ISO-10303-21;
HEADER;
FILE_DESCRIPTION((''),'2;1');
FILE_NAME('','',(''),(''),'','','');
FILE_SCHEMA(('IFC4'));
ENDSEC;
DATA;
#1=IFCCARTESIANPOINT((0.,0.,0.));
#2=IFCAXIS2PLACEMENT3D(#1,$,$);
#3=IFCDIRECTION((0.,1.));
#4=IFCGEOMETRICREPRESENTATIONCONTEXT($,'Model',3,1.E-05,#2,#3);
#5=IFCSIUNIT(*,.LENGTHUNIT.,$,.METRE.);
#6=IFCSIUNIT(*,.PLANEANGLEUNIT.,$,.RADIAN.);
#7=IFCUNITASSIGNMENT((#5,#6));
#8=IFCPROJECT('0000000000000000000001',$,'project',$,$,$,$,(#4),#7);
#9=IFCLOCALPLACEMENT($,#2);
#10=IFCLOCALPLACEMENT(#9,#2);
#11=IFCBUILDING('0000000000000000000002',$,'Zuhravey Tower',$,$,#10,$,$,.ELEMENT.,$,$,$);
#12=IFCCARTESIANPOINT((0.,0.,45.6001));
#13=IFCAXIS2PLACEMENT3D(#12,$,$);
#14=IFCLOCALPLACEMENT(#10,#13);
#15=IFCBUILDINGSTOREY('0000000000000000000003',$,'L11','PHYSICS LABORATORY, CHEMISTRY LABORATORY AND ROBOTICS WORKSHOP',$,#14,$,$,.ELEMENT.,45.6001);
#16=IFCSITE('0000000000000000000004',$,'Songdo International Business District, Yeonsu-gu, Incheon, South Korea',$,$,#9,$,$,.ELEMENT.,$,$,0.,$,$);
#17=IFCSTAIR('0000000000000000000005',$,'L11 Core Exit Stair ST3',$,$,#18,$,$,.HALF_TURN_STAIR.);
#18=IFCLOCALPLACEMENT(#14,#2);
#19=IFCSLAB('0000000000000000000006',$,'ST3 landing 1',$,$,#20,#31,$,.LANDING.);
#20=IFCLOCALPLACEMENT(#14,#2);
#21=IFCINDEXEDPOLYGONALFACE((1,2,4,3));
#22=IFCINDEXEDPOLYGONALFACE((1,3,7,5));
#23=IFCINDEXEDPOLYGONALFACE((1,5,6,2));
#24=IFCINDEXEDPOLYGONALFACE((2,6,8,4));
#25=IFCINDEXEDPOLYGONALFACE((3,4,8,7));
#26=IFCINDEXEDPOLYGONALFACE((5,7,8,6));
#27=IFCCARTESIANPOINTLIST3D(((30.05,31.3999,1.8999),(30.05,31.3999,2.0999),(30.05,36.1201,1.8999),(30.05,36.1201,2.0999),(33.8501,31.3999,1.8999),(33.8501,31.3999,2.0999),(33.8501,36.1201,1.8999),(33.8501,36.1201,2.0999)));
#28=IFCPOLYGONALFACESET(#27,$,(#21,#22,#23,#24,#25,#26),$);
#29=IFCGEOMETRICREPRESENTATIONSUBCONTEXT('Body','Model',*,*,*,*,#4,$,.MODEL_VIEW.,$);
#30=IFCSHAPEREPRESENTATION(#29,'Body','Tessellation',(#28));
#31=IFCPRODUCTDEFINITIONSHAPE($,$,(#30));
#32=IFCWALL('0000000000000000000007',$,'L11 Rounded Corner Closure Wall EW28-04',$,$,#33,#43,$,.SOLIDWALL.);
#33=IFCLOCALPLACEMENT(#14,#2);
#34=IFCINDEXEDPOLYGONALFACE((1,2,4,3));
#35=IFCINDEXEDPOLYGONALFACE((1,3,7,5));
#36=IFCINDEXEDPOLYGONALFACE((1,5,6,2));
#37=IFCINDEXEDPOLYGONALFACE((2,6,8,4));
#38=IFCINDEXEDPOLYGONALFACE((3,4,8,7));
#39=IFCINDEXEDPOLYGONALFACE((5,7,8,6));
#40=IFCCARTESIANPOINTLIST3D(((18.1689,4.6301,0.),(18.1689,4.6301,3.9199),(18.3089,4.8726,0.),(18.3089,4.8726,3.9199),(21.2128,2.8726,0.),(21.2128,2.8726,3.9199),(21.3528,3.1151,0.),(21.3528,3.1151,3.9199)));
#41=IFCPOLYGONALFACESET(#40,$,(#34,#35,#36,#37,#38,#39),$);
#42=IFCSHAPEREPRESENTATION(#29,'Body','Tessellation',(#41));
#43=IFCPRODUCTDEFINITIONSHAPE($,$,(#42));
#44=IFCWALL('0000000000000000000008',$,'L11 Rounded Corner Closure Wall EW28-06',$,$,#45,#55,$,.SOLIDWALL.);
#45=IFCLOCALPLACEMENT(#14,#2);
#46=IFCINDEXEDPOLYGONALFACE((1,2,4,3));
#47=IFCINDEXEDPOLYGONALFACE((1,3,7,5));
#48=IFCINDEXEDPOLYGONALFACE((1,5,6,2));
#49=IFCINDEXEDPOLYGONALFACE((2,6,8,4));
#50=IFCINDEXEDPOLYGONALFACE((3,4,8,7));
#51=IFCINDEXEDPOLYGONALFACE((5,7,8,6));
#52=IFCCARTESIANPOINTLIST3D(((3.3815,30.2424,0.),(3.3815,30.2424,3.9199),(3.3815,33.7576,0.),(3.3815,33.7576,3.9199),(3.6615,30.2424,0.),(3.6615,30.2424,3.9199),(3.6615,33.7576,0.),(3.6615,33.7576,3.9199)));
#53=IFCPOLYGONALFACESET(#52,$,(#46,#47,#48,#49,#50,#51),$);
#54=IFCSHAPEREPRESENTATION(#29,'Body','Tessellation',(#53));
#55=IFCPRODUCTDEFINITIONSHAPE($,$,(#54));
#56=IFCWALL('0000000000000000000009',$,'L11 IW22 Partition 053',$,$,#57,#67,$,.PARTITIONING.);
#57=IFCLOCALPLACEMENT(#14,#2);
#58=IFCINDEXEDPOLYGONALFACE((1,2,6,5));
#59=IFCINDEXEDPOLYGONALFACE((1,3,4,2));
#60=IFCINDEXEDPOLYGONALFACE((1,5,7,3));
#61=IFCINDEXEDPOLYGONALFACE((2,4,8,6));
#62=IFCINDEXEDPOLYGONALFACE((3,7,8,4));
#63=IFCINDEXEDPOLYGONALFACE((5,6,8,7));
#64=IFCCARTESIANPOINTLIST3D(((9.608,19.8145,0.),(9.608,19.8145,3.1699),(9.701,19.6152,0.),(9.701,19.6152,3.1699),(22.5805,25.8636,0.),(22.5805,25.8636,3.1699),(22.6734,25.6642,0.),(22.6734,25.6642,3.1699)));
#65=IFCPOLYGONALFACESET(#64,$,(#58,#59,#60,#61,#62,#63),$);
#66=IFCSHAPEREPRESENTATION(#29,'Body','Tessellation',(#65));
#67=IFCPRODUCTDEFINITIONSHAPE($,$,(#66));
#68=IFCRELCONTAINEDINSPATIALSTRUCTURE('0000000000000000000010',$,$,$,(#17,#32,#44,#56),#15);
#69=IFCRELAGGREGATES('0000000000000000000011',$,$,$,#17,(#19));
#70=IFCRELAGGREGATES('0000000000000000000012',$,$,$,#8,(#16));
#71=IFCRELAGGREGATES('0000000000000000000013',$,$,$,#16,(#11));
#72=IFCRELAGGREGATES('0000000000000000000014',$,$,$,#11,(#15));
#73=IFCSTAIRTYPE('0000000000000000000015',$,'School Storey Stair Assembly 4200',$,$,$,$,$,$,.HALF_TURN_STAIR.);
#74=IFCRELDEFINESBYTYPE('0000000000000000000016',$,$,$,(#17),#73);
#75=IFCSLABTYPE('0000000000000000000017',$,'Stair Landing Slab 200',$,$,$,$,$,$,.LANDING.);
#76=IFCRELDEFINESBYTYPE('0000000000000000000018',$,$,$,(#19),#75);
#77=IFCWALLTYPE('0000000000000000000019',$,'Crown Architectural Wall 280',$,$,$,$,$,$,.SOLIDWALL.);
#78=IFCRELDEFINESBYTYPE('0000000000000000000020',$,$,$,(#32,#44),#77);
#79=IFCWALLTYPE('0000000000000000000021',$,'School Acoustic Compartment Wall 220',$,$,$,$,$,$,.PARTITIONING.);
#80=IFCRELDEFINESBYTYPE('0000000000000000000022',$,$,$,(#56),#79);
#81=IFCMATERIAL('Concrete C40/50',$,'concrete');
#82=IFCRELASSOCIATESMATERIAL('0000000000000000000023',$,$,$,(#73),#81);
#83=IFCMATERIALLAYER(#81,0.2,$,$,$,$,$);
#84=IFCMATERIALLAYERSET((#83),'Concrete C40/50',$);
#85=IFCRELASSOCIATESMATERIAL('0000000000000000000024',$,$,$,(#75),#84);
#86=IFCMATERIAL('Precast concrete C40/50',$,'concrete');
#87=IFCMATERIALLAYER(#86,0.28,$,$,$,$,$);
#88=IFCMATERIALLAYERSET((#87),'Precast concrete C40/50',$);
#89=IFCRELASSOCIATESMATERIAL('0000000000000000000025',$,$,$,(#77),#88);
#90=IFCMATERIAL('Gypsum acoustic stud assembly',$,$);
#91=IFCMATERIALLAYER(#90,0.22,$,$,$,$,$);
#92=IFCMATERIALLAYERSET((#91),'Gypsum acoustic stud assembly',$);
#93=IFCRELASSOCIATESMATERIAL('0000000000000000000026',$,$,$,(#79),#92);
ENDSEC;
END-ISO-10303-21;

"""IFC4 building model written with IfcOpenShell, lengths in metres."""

from ifc_helpers import new_model, si_unit, direction, frame, frame_2d, origin, place, context, subcontext, project, spatial, polyline, rectangle, outline, extrude, material, layer, layer_set, type_object, element, aggregate, save


model = new_model("IFC4")

# Units and contexts
model_context = context("Model", 3, precision=1e-05, world=origin(), true_north=direction((0.0, 1.0)))
body_context = subcontext(model_context, "Body", "Model", "MODEL_VIEW")
ifc_project = project(units=[si_unit("LENGTHUNIT", "METRE"), si_unit("PLANEANGLEUNIT", "RADIAN")], contexts=[model_context])

# Site, building, storey
site_placement = place(None, origin())
site = spatial("IfcSite", under=ifc_project, at=site_placement, Name="Songdo International Business District, Yeonsu-gu, Incheon, South Korea", CompositionType="ELEMENT", RefElevation=0.0)
building_placement = place(site_placement, origin())
building = spatial("IfcBuilding", under=site, at=building_placement, Name="Zuhravey Tower", CompositionType="ELEMENT")
storey_placement = place(building_placement, frame((0.0, 0.0, 45.6001)))
storey = spatial("IfcBuildingStorey", under=building, at=storey_placement, Name="L11", Description="PHYSICS LABORATORY, CHEMISTRY LABORATORY AND ROBOTICS WORKSHOP", CompositionType="ELEMENT", Elevation=45.6001)

# Stair, slab
ifc_material_1 = material(Name="Concrete C40/50", Category="concrete")
stair_type = type_object("IfcStairType", Name="School Storey Stair Assembly 4200", PredefinedType="HALF_TURN_STAIR", material=ifc_material_1)
ifc_layer_1 = layer(ifc_material_1, 0.2)
ifc_layer_set_1 = layer_set([ifc_layer_1], Name="Concrete C40/50")
slab_type_1 = type_object("IfcSlabType", Name="Stair Landing Slab 200", PredefinedType="LANDING", material=ifc_layer_set_1)
stair_1_placement = place(storey_placement, origin())
stair_1 = element("IfcStair", 1, at=stair_1_placement, inside=storey, type_object=stair_type, Name="L11 Core Exit Stair ST3", PredefinedType="HALF_TURN_STAIR")
slab_1_placement = place(storey_placement, frame((0.0, 0.0, 1.8999)))
slab_1 = element("IfcSlab", 2, at=slab_1_placement, type_object=slab_type_1, Name="ST3 landing 1", PredefinedType="LANDING", context=body_context, shape_type="SweptSolid", body=[
    extrude(outline(polyline([(30.05, 36.1201), (30.05, 31.3999), (33.8501, 31.3999), (33.8501, 36.1201), (30.05, 36.1201)])), origin(), (0.0, 0.0, 1.0), 0.2),
])
aggregate(stair_1, [slab_1])

# Walls
ifc_material_2 = material(Name="Precast concrete C40/50", Category="concrete")
ifc_layer_2 = layer(ifc_material_2, 0.28)
ifc_layer_set_2 = layer_set([ifc_layer_2], Name="Precast concrete C40/50")
wall_type_1 = type_object("IfcWallType", Name="Crown Architectural Wall 280", PredefinedType="SOLIDWALL", material=ifc_layer_set_2)
wall_1_placement = place(storey_placement, frame((21.2827, 2.9939, 0.0), z_axis=(0.0, 0.0, 1.0), x_axis=(-0.866007, 0.500031, 0.0)))
element("IfcWall", 3, at=wall_1_placement, inside=storey, type_object=wall_type_1, Name="L11 Rounded Corner Closure Wall EW28-04", PredefinedType="SOLIDWALL", context=body_context, shape_type="SweptSolid", body=[
    extrude(rectangle(XDim=3.5149, YDim=0.28, at=frame_2d((1.7573, 0.0))), origin(), (0.0, 0.0, 1.0), 3.9199),
])
wall_2_placement = place(storey_placement, frame((3.5215, 30.2424, 0.0), z_axis=(0.0, 0.0, 1.0), x_axis=(0.0, 1.0, 0.0)))
element("IfcWall", 4, at=wall_2_placement, inside=storey, type_object=wall_type_1, Name="L11 Rounded Corner Closure Wall EW28-06", PredefinedType="SOLIDWALL", context=body_context, shape_type="SweptSolid", body=[
    extrude(rectangle(XDim=3.5151, YDim=0.28, at=frame_2d((1.7576, 0.0))), origin(), (0.0, 0.0, 1.0), 3.9199),
])
ifc_material_3 = material(Name="Gypsum acoustic stud assembly")
ifc_layer_3 = layer(ifc_material_3, 0.22)
ifc_layer_set_3 = layer_set([ifc_layer_3], Name="Gypsum acoustic stud assembly")
wall_type_2 = type_object("IfcWallType", Name="School Acoustic Compartment Wall 220", PredefinedType="PARTITIONING", material=ifc_layer_set_3)
wall_3_placement = place(storey_placement, frame((22.627, 25.7639, 0.0), z_axis=(0.0, 0.0, 1.0), x_axis=(-0.906309, -0.422615, 0.0)))
element("IfcWall", 5, at=wall_3_placement, inside=storey, type_object=wall_type_2, Name="L11 IW22 Partition 053", PredefinedType="PARTITIONING", context=body_context, shape_type="SweptSolid", body=[
    extrude(rectangle(XDim=14.3135, YDim=0.22, at=frame_2d((7.1567, 0.0))), origin(), (0.0, 0.0, 1.0), 3.1699),
])

save(model, "model.ifc")
